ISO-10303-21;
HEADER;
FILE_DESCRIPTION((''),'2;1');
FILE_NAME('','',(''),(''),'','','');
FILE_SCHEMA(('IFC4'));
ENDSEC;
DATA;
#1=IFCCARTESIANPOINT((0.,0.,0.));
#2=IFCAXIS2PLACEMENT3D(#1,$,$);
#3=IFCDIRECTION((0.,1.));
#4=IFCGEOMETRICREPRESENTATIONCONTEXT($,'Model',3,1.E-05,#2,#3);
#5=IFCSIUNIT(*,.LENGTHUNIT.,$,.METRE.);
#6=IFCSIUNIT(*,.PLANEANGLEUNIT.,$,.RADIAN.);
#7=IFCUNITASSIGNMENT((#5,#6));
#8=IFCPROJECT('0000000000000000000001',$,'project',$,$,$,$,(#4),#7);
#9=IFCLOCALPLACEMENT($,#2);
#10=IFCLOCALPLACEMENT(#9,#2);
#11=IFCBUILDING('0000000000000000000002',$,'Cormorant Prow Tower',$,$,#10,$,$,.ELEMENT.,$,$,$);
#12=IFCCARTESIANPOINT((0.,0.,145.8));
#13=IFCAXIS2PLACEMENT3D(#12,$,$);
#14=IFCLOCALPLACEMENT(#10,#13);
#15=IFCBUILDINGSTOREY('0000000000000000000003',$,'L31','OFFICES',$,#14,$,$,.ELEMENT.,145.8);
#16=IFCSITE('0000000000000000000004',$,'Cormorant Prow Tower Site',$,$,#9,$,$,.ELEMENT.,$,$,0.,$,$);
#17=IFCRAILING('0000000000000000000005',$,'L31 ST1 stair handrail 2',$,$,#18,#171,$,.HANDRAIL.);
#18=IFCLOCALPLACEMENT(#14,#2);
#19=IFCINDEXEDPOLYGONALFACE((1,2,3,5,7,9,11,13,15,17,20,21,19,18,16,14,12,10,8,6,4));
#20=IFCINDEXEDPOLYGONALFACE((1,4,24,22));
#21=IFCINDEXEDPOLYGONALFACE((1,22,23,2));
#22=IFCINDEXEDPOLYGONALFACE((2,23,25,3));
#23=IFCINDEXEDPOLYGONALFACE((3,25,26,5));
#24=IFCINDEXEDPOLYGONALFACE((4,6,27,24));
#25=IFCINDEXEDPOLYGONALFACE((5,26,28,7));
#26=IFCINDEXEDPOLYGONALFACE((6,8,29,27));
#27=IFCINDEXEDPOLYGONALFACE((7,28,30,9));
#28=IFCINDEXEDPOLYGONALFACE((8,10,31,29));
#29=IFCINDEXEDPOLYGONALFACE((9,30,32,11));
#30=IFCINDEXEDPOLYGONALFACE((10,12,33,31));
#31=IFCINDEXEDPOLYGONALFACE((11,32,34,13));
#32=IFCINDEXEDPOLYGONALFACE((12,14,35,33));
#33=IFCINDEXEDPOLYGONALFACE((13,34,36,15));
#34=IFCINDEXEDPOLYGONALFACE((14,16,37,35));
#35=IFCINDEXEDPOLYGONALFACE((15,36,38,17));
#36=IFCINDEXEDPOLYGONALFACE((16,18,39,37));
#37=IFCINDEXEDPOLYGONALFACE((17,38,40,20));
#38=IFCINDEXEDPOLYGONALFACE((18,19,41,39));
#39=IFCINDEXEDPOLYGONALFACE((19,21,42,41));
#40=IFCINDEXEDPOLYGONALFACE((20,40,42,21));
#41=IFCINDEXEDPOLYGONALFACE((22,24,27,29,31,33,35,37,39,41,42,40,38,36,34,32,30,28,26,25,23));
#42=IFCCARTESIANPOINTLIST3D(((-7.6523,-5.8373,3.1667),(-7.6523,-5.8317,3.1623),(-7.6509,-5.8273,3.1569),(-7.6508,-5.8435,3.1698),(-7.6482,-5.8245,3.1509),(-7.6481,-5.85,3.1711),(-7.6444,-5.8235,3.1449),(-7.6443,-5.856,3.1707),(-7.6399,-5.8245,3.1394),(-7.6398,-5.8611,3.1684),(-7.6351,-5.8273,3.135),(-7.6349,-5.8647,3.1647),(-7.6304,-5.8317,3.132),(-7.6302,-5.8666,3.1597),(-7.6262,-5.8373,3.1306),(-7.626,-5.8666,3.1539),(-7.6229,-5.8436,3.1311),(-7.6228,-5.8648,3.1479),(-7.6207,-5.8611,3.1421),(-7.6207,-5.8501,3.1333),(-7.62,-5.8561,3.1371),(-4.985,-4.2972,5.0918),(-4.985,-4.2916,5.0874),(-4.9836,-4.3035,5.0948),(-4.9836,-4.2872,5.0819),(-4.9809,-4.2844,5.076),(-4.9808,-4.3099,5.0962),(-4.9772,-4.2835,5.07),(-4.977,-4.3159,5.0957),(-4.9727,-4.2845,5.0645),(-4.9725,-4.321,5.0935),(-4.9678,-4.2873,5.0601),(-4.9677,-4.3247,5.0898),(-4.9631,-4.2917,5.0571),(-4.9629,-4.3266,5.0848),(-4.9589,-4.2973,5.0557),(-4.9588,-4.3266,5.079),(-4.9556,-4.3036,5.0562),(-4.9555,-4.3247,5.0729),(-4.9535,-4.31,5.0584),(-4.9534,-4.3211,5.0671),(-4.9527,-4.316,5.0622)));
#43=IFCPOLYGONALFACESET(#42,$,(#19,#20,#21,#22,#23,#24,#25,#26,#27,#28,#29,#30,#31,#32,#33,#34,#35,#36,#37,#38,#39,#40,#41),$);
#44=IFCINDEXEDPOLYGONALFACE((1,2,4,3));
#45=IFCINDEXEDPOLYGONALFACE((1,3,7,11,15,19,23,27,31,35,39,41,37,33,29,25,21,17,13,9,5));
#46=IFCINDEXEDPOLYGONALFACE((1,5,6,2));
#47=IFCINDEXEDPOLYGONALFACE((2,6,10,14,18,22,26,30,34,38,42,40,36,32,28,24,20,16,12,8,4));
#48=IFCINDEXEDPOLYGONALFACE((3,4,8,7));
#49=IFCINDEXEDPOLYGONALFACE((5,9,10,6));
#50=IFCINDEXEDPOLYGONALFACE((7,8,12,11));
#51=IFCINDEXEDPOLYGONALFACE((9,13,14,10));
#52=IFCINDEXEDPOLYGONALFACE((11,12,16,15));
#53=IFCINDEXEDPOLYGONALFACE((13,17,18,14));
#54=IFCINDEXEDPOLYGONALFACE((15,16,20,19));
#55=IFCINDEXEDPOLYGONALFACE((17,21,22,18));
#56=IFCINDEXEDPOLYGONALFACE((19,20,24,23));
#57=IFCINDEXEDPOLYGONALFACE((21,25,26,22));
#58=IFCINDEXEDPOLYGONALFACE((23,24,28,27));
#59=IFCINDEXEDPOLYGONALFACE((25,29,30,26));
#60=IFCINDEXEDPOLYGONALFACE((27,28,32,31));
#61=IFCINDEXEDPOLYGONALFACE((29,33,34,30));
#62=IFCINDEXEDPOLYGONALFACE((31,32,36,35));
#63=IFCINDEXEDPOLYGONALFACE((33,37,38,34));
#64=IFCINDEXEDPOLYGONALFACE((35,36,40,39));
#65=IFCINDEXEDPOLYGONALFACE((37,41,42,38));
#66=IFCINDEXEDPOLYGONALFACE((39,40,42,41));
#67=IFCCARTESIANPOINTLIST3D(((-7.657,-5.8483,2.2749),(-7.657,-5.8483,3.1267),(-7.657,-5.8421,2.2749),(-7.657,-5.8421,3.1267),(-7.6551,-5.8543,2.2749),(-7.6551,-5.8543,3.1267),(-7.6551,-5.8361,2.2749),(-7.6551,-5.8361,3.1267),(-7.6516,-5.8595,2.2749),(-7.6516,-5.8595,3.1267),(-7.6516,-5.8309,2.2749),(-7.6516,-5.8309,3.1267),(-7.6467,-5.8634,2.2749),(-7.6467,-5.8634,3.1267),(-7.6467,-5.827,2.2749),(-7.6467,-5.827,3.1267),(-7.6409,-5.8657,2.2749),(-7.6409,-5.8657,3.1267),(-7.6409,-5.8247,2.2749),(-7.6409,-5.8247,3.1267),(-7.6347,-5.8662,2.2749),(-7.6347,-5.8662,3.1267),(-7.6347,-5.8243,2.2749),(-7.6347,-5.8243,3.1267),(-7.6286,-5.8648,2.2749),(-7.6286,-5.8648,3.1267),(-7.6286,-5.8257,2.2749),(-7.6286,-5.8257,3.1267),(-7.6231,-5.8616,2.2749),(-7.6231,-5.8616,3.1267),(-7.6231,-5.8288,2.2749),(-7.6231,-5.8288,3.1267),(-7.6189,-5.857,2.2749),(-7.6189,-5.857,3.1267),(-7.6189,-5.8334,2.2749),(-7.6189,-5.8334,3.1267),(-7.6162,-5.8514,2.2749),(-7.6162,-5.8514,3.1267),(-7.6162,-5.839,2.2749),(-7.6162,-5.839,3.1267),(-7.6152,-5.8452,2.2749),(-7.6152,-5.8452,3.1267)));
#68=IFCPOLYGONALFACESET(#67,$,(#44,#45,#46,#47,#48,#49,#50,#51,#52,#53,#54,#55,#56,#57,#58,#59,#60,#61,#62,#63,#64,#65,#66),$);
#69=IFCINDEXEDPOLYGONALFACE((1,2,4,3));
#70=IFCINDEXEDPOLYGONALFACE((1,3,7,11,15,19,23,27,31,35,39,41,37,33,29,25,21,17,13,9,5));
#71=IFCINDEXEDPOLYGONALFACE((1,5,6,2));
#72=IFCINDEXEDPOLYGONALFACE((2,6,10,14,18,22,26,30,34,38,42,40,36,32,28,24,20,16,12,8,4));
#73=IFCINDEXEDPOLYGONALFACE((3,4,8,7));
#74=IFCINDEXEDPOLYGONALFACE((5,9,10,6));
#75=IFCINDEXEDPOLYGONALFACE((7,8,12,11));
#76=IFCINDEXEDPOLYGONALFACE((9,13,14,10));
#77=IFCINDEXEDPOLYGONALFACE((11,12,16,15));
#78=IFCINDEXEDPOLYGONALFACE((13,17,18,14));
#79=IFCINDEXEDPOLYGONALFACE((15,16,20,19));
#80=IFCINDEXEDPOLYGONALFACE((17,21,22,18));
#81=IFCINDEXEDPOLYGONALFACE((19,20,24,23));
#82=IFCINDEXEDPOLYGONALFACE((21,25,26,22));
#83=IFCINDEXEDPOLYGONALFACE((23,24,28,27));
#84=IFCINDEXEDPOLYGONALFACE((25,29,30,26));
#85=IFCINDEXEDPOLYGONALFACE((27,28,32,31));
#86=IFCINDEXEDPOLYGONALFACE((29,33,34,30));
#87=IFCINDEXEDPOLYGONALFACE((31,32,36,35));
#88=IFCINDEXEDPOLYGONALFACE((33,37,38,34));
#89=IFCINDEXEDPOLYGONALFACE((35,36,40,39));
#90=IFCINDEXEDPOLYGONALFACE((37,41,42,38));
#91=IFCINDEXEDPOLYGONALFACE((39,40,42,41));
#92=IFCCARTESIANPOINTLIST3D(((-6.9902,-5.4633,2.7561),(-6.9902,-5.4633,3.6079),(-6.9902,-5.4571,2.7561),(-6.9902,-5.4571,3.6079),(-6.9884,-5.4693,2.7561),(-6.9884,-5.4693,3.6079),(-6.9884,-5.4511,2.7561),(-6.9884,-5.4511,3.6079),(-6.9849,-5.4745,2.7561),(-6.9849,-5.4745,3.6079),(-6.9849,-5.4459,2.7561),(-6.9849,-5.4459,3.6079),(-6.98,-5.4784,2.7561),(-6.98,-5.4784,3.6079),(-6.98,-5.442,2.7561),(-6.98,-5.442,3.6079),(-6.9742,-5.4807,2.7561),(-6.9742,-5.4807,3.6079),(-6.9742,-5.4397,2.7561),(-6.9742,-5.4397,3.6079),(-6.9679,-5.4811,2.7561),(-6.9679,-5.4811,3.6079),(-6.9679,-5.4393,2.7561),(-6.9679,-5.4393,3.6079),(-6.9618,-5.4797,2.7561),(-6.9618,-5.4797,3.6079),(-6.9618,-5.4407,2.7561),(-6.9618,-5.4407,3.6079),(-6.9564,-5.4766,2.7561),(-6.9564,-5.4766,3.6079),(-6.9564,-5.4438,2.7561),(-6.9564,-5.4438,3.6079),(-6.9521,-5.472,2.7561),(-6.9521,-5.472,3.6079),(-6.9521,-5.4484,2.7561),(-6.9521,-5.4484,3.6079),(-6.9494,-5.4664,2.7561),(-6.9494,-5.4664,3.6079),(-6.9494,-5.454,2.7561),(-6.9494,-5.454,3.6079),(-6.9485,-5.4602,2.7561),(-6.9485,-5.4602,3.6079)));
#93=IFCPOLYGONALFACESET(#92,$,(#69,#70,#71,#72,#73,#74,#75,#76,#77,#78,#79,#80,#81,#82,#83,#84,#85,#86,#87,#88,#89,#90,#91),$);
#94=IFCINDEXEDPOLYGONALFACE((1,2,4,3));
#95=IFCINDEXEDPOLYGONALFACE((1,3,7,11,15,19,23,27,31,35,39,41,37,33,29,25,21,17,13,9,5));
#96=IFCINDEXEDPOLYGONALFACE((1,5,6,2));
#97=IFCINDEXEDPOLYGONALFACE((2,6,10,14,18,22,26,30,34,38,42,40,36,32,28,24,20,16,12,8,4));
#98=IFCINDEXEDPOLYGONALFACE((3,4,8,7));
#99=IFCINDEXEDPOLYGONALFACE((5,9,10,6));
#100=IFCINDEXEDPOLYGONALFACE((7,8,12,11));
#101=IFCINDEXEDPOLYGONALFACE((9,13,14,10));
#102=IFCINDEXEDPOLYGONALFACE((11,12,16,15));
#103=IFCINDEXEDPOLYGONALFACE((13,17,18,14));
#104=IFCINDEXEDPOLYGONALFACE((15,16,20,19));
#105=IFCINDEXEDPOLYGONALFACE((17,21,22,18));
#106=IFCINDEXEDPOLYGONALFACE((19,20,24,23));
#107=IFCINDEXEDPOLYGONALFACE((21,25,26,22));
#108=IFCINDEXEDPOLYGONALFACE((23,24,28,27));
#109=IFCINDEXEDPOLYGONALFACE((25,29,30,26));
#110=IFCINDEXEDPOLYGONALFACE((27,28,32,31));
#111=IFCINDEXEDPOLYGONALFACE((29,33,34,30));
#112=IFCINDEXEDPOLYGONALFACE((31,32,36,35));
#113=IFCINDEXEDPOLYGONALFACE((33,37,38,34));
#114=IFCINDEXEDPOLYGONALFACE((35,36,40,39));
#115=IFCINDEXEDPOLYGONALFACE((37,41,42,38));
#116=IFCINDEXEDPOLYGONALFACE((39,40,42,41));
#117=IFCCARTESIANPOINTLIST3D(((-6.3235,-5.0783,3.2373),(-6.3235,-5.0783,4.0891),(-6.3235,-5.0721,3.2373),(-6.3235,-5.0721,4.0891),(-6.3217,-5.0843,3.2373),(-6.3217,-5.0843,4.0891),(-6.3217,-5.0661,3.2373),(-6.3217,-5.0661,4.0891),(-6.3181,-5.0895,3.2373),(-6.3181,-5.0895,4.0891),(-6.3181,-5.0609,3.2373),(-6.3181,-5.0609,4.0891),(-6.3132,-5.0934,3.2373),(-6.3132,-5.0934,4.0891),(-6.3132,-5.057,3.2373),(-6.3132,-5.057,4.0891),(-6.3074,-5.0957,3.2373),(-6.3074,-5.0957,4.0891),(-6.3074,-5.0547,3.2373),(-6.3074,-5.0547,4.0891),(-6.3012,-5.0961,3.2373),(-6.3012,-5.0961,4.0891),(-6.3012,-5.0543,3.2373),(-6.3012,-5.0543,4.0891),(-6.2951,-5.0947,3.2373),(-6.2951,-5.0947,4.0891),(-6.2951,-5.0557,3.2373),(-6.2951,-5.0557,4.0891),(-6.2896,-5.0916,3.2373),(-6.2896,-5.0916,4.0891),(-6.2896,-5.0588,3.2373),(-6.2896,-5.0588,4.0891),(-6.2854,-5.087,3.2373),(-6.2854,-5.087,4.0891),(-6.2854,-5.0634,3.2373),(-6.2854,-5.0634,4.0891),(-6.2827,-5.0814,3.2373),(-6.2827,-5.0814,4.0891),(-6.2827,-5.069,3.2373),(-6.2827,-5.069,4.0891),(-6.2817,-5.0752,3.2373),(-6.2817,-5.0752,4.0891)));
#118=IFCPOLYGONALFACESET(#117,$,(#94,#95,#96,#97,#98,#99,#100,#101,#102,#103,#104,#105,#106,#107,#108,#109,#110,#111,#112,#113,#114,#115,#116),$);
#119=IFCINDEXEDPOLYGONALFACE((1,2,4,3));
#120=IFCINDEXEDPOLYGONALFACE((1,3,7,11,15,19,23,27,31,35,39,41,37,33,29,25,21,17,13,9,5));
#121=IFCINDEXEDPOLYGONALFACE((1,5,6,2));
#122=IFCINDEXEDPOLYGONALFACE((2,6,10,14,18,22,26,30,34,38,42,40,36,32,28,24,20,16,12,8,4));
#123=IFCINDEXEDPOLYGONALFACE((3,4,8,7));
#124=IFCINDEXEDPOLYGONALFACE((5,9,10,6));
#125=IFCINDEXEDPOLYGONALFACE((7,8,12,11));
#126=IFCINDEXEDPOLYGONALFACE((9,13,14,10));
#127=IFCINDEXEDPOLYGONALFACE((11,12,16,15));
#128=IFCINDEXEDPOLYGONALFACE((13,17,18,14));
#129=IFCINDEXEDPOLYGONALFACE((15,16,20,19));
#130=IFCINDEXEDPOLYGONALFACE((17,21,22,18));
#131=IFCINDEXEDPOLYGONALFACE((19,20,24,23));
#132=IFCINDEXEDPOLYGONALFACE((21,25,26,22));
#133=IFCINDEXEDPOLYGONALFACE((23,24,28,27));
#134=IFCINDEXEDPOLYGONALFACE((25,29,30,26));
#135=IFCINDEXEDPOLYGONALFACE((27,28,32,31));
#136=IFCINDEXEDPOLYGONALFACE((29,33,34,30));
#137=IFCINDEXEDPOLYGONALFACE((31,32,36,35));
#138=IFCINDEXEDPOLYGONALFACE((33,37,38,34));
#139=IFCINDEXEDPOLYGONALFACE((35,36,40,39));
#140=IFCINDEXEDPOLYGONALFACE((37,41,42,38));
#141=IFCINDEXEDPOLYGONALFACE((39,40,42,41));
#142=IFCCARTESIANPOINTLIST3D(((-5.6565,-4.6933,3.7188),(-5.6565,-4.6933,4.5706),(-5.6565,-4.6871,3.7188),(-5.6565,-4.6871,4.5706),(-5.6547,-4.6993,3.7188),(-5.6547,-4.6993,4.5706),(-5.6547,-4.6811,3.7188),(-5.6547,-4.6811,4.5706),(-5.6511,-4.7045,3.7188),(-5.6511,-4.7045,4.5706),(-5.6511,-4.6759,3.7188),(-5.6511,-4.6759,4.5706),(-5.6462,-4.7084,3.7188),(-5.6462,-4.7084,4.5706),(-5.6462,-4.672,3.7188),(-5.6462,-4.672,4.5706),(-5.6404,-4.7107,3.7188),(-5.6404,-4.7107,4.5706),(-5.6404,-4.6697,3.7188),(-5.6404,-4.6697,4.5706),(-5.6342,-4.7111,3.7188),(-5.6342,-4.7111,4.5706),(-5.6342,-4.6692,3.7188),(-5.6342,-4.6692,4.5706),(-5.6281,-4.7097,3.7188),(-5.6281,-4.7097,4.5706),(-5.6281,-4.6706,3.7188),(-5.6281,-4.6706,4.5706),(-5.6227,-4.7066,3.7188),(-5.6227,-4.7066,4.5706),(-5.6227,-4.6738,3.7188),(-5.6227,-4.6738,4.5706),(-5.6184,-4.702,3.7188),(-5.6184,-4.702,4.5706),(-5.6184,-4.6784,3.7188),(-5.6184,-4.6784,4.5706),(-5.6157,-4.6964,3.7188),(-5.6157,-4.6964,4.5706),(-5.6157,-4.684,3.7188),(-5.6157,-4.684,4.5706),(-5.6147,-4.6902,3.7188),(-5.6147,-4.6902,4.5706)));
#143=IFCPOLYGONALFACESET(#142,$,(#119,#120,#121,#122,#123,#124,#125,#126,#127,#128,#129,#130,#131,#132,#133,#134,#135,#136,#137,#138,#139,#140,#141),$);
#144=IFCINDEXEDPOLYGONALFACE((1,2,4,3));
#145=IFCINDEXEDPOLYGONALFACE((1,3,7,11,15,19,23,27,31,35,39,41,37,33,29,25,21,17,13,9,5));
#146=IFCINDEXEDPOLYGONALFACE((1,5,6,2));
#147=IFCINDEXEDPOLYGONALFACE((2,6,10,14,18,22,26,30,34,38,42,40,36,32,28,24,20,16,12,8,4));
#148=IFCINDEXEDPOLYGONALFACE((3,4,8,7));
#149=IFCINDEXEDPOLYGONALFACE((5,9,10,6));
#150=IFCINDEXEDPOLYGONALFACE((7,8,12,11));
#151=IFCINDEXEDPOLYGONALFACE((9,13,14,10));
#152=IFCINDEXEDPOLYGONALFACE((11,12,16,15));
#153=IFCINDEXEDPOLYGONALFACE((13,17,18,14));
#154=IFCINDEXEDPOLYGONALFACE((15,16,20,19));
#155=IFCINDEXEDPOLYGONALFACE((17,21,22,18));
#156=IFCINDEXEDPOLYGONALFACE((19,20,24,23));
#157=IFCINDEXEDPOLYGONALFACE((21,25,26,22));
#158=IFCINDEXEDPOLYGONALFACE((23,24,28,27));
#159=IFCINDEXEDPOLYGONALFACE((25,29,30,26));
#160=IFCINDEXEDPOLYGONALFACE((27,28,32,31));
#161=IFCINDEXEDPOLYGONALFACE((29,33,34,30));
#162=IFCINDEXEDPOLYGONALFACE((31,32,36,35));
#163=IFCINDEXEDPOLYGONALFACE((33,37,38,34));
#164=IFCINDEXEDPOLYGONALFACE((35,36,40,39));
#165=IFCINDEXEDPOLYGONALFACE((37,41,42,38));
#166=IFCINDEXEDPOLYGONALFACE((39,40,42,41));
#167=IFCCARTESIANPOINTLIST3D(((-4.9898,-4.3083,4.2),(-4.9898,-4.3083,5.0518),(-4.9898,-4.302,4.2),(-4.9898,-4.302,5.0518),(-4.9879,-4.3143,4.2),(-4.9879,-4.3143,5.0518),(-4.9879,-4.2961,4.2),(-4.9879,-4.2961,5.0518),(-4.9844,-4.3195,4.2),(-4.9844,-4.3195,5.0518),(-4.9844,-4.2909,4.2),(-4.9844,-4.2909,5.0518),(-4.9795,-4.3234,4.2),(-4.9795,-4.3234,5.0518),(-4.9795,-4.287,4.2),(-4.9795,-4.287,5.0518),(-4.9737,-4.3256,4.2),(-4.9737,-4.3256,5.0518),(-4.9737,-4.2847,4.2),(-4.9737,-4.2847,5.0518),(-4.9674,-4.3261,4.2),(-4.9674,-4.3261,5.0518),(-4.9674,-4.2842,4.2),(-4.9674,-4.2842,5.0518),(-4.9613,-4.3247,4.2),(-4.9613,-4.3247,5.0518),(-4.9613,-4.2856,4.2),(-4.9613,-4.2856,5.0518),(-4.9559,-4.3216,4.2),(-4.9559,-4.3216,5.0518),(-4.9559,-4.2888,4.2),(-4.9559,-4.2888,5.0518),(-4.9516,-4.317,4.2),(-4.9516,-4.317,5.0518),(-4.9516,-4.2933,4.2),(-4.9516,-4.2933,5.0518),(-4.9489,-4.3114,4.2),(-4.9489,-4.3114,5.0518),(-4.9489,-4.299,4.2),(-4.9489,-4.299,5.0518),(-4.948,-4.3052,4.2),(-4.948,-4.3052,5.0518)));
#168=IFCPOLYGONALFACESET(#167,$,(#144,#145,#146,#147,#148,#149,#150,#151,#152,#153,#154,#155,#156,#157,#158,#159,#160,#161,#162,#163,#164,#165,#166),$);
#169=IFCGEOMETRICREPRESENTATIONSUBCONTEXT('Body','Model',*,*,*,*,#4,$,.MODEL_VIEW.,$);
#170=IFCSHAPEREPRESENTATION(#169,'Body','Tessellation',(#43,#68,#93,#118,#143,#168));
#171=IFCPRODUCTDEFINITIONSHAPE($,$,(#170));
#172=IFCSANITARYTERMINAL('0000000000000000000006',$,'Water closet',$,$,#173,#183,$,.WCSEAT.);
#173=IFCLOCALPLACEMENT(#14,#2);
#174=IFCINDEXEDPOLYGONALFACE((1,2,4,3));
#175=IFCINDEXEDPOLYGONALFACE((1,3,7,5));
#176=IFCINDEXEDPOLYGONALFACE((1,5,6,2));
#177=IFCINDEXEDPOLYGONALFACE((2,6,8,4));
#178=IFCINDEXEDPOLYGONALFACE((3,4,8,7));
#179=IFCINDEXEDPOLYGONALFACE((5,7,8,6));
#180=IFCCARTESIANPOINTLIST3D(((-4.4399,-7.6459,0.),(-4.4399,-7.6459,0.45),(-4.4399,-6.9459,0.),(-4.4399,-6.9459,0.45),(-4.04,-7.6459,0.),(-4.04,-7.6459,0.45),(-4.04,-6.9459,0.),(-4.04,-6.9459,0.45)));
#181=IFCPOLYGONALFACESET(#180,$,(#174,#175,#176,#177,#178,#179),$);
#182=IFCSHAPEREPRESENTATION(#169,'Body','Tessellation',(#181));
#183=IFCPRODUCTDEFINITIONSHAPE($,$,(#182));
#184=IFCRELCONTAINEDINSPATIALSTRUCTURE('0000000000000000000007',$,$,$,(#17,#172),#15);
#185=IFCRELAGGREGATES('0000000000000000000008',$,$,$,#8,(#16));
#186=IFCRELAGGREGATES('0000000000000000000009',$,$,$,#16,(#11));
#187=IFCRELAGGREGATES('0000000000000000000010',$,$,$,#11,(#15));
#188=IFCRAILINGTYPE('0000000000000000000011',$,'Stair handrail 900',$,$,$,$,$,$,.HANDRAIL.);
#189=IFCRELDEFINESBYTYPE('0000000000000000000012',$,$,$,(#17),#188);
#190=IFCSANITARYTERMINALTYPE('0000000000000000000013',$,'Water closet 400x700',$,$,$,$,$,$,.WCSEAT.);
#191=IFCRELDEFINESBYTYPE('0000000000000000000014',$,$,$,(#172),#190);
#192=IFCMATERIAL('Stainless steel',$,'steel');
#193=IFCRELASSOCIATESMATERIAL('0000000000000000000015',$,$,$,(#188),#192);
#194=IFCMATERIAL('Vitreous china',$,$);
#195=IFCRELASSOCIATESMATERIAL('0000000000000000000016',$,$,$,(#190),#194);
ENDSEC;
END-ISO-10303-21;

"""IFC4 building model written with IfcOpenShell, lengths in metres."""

from ifc_helpers import new_model, si_unit, direction, frame, origin, origin_2d, place, context, subcontext, project, spatial, rectangle, circle, extrude, material, type_object, element, save


model = new_model("IFC4")

# Units and contexts
model_context = context("Model", 3, precision=1e-05, world=origin(), true_north=direction((0.0, 1.0)))
body_context = subcontext(model_context, "Body", "Model", "MODEL_VIEW")
ifc_project = project(units=[si_unit("LENGTHUNIT", "METRE"), si_unit("PLANEANGLEUNIT", "RADIAN")], contexts=[model_context])

# Site, building, storey
site_placement = place(None, origin())
site = spatial("IfcSite", under=ifc_project, at=site_placement, Name="Cormorant Prow Tower Site", CompositionType="ELEMENT", RefElevation=0.0)
building_placement = place(site_placement, origin())
building = spatial("IfcBuilding", under=site, at=building_placement, Name="Cormorant Prow Tower", CompositionType="ELEMENT")
storey_placement = place(building_placement, frame((0.0, 0.0, 145.8)))
storey = spatial("IfcBuildingStorey", under=building, at=storey_placement, Name="L31", Description="OFFICES", CompositionType="ELEMENT", Elevation=145.8)

# Railing
ifc_material_1 = material(Name="Stainless steel", Category="steel")
railing_type_1 = type_object("IfcRailingType", Name="Stair handrail 900", PredefinedType="HANDRAIL", material=ifc_material_1)
railing_1_placement = place(storey_placement, frame((-7.6362, -5.8452, 2.2749)))
element("IfcRailing", 1, at=railing_1_placement, inside=storey, type_object=railing_type_1, Name="L31 ST1 stair handrail 2", PredefinedType="HANDRAIL", context=body_context, shape_type="SweptSolid", body=[
    extrude(circle(Radius=0.0239, at=origin_2d()), frame((0.0, 0.0, 0.876), z_axis=(0.734364, 0.424015, 0.530019), x_axis=(-0.500027, 0.86601, 0.0)), (0.0, 0.0, 1.0), 3.6321),
    extrude(circle(Radius=0.021, at=origin_2d()), origin(), (0.0, 0.0, 1.0), 0.8518),
    extrude(circle(Radius=0.021, at=origin_2d()), frame((0.6667, 0.385, 0.4812)), (0.0, 0.0, 1.0), 0.8518),
    extrude(circle(Radius=0.021, at=origin_2d()), frame((1.3335, 0.77, 0.9624)), (0.0, 0.0, 1.0), 0.8518),
    extrude(circle(Radius=0.021, at=origin_2d()), frame((2.0005, 1.155, 1.4438)), (0.0, 0.0, 1.0), 0.8518),
    extrude(circle(Radius=0.021, at=origin_2d()), frame((2.6672, 1.54, 1.925)), (0.0, 0.0, 1.0), 0.8518),
])

# Sanitary terminal
ifc_material_2 = material(Name="Vitreous china")
sanitary_terminal_type = type_object("IfcSanitaryTerminalType", Name="Water closet 400x700", PredefinedType="WCSEAT", material=ifc_material_2)
sanitary_terminal_placement = place(storey_placement, frame((-4.24, -7.2959, 0.0), z_axis=(0.0, 0.0, 1.0), x_axis=(-1.0, 0.0, 0.0)))
element("IfcSanitaryTerminal", 2, at=sanitary_terminal_placement, inside=storey, type_object=sanitary_terminal_type, Name="Water closet", PredefinedType="WCSEAT", context=body_context, shape_type="SweptSolid", body=[
    extrude(rectangle(XDim=0.3999, YDim=0.7, at=origin_2d()), origin(), (0.0, 0.0, 1.0), 0.45),
])

save(model, "model.ifc")
